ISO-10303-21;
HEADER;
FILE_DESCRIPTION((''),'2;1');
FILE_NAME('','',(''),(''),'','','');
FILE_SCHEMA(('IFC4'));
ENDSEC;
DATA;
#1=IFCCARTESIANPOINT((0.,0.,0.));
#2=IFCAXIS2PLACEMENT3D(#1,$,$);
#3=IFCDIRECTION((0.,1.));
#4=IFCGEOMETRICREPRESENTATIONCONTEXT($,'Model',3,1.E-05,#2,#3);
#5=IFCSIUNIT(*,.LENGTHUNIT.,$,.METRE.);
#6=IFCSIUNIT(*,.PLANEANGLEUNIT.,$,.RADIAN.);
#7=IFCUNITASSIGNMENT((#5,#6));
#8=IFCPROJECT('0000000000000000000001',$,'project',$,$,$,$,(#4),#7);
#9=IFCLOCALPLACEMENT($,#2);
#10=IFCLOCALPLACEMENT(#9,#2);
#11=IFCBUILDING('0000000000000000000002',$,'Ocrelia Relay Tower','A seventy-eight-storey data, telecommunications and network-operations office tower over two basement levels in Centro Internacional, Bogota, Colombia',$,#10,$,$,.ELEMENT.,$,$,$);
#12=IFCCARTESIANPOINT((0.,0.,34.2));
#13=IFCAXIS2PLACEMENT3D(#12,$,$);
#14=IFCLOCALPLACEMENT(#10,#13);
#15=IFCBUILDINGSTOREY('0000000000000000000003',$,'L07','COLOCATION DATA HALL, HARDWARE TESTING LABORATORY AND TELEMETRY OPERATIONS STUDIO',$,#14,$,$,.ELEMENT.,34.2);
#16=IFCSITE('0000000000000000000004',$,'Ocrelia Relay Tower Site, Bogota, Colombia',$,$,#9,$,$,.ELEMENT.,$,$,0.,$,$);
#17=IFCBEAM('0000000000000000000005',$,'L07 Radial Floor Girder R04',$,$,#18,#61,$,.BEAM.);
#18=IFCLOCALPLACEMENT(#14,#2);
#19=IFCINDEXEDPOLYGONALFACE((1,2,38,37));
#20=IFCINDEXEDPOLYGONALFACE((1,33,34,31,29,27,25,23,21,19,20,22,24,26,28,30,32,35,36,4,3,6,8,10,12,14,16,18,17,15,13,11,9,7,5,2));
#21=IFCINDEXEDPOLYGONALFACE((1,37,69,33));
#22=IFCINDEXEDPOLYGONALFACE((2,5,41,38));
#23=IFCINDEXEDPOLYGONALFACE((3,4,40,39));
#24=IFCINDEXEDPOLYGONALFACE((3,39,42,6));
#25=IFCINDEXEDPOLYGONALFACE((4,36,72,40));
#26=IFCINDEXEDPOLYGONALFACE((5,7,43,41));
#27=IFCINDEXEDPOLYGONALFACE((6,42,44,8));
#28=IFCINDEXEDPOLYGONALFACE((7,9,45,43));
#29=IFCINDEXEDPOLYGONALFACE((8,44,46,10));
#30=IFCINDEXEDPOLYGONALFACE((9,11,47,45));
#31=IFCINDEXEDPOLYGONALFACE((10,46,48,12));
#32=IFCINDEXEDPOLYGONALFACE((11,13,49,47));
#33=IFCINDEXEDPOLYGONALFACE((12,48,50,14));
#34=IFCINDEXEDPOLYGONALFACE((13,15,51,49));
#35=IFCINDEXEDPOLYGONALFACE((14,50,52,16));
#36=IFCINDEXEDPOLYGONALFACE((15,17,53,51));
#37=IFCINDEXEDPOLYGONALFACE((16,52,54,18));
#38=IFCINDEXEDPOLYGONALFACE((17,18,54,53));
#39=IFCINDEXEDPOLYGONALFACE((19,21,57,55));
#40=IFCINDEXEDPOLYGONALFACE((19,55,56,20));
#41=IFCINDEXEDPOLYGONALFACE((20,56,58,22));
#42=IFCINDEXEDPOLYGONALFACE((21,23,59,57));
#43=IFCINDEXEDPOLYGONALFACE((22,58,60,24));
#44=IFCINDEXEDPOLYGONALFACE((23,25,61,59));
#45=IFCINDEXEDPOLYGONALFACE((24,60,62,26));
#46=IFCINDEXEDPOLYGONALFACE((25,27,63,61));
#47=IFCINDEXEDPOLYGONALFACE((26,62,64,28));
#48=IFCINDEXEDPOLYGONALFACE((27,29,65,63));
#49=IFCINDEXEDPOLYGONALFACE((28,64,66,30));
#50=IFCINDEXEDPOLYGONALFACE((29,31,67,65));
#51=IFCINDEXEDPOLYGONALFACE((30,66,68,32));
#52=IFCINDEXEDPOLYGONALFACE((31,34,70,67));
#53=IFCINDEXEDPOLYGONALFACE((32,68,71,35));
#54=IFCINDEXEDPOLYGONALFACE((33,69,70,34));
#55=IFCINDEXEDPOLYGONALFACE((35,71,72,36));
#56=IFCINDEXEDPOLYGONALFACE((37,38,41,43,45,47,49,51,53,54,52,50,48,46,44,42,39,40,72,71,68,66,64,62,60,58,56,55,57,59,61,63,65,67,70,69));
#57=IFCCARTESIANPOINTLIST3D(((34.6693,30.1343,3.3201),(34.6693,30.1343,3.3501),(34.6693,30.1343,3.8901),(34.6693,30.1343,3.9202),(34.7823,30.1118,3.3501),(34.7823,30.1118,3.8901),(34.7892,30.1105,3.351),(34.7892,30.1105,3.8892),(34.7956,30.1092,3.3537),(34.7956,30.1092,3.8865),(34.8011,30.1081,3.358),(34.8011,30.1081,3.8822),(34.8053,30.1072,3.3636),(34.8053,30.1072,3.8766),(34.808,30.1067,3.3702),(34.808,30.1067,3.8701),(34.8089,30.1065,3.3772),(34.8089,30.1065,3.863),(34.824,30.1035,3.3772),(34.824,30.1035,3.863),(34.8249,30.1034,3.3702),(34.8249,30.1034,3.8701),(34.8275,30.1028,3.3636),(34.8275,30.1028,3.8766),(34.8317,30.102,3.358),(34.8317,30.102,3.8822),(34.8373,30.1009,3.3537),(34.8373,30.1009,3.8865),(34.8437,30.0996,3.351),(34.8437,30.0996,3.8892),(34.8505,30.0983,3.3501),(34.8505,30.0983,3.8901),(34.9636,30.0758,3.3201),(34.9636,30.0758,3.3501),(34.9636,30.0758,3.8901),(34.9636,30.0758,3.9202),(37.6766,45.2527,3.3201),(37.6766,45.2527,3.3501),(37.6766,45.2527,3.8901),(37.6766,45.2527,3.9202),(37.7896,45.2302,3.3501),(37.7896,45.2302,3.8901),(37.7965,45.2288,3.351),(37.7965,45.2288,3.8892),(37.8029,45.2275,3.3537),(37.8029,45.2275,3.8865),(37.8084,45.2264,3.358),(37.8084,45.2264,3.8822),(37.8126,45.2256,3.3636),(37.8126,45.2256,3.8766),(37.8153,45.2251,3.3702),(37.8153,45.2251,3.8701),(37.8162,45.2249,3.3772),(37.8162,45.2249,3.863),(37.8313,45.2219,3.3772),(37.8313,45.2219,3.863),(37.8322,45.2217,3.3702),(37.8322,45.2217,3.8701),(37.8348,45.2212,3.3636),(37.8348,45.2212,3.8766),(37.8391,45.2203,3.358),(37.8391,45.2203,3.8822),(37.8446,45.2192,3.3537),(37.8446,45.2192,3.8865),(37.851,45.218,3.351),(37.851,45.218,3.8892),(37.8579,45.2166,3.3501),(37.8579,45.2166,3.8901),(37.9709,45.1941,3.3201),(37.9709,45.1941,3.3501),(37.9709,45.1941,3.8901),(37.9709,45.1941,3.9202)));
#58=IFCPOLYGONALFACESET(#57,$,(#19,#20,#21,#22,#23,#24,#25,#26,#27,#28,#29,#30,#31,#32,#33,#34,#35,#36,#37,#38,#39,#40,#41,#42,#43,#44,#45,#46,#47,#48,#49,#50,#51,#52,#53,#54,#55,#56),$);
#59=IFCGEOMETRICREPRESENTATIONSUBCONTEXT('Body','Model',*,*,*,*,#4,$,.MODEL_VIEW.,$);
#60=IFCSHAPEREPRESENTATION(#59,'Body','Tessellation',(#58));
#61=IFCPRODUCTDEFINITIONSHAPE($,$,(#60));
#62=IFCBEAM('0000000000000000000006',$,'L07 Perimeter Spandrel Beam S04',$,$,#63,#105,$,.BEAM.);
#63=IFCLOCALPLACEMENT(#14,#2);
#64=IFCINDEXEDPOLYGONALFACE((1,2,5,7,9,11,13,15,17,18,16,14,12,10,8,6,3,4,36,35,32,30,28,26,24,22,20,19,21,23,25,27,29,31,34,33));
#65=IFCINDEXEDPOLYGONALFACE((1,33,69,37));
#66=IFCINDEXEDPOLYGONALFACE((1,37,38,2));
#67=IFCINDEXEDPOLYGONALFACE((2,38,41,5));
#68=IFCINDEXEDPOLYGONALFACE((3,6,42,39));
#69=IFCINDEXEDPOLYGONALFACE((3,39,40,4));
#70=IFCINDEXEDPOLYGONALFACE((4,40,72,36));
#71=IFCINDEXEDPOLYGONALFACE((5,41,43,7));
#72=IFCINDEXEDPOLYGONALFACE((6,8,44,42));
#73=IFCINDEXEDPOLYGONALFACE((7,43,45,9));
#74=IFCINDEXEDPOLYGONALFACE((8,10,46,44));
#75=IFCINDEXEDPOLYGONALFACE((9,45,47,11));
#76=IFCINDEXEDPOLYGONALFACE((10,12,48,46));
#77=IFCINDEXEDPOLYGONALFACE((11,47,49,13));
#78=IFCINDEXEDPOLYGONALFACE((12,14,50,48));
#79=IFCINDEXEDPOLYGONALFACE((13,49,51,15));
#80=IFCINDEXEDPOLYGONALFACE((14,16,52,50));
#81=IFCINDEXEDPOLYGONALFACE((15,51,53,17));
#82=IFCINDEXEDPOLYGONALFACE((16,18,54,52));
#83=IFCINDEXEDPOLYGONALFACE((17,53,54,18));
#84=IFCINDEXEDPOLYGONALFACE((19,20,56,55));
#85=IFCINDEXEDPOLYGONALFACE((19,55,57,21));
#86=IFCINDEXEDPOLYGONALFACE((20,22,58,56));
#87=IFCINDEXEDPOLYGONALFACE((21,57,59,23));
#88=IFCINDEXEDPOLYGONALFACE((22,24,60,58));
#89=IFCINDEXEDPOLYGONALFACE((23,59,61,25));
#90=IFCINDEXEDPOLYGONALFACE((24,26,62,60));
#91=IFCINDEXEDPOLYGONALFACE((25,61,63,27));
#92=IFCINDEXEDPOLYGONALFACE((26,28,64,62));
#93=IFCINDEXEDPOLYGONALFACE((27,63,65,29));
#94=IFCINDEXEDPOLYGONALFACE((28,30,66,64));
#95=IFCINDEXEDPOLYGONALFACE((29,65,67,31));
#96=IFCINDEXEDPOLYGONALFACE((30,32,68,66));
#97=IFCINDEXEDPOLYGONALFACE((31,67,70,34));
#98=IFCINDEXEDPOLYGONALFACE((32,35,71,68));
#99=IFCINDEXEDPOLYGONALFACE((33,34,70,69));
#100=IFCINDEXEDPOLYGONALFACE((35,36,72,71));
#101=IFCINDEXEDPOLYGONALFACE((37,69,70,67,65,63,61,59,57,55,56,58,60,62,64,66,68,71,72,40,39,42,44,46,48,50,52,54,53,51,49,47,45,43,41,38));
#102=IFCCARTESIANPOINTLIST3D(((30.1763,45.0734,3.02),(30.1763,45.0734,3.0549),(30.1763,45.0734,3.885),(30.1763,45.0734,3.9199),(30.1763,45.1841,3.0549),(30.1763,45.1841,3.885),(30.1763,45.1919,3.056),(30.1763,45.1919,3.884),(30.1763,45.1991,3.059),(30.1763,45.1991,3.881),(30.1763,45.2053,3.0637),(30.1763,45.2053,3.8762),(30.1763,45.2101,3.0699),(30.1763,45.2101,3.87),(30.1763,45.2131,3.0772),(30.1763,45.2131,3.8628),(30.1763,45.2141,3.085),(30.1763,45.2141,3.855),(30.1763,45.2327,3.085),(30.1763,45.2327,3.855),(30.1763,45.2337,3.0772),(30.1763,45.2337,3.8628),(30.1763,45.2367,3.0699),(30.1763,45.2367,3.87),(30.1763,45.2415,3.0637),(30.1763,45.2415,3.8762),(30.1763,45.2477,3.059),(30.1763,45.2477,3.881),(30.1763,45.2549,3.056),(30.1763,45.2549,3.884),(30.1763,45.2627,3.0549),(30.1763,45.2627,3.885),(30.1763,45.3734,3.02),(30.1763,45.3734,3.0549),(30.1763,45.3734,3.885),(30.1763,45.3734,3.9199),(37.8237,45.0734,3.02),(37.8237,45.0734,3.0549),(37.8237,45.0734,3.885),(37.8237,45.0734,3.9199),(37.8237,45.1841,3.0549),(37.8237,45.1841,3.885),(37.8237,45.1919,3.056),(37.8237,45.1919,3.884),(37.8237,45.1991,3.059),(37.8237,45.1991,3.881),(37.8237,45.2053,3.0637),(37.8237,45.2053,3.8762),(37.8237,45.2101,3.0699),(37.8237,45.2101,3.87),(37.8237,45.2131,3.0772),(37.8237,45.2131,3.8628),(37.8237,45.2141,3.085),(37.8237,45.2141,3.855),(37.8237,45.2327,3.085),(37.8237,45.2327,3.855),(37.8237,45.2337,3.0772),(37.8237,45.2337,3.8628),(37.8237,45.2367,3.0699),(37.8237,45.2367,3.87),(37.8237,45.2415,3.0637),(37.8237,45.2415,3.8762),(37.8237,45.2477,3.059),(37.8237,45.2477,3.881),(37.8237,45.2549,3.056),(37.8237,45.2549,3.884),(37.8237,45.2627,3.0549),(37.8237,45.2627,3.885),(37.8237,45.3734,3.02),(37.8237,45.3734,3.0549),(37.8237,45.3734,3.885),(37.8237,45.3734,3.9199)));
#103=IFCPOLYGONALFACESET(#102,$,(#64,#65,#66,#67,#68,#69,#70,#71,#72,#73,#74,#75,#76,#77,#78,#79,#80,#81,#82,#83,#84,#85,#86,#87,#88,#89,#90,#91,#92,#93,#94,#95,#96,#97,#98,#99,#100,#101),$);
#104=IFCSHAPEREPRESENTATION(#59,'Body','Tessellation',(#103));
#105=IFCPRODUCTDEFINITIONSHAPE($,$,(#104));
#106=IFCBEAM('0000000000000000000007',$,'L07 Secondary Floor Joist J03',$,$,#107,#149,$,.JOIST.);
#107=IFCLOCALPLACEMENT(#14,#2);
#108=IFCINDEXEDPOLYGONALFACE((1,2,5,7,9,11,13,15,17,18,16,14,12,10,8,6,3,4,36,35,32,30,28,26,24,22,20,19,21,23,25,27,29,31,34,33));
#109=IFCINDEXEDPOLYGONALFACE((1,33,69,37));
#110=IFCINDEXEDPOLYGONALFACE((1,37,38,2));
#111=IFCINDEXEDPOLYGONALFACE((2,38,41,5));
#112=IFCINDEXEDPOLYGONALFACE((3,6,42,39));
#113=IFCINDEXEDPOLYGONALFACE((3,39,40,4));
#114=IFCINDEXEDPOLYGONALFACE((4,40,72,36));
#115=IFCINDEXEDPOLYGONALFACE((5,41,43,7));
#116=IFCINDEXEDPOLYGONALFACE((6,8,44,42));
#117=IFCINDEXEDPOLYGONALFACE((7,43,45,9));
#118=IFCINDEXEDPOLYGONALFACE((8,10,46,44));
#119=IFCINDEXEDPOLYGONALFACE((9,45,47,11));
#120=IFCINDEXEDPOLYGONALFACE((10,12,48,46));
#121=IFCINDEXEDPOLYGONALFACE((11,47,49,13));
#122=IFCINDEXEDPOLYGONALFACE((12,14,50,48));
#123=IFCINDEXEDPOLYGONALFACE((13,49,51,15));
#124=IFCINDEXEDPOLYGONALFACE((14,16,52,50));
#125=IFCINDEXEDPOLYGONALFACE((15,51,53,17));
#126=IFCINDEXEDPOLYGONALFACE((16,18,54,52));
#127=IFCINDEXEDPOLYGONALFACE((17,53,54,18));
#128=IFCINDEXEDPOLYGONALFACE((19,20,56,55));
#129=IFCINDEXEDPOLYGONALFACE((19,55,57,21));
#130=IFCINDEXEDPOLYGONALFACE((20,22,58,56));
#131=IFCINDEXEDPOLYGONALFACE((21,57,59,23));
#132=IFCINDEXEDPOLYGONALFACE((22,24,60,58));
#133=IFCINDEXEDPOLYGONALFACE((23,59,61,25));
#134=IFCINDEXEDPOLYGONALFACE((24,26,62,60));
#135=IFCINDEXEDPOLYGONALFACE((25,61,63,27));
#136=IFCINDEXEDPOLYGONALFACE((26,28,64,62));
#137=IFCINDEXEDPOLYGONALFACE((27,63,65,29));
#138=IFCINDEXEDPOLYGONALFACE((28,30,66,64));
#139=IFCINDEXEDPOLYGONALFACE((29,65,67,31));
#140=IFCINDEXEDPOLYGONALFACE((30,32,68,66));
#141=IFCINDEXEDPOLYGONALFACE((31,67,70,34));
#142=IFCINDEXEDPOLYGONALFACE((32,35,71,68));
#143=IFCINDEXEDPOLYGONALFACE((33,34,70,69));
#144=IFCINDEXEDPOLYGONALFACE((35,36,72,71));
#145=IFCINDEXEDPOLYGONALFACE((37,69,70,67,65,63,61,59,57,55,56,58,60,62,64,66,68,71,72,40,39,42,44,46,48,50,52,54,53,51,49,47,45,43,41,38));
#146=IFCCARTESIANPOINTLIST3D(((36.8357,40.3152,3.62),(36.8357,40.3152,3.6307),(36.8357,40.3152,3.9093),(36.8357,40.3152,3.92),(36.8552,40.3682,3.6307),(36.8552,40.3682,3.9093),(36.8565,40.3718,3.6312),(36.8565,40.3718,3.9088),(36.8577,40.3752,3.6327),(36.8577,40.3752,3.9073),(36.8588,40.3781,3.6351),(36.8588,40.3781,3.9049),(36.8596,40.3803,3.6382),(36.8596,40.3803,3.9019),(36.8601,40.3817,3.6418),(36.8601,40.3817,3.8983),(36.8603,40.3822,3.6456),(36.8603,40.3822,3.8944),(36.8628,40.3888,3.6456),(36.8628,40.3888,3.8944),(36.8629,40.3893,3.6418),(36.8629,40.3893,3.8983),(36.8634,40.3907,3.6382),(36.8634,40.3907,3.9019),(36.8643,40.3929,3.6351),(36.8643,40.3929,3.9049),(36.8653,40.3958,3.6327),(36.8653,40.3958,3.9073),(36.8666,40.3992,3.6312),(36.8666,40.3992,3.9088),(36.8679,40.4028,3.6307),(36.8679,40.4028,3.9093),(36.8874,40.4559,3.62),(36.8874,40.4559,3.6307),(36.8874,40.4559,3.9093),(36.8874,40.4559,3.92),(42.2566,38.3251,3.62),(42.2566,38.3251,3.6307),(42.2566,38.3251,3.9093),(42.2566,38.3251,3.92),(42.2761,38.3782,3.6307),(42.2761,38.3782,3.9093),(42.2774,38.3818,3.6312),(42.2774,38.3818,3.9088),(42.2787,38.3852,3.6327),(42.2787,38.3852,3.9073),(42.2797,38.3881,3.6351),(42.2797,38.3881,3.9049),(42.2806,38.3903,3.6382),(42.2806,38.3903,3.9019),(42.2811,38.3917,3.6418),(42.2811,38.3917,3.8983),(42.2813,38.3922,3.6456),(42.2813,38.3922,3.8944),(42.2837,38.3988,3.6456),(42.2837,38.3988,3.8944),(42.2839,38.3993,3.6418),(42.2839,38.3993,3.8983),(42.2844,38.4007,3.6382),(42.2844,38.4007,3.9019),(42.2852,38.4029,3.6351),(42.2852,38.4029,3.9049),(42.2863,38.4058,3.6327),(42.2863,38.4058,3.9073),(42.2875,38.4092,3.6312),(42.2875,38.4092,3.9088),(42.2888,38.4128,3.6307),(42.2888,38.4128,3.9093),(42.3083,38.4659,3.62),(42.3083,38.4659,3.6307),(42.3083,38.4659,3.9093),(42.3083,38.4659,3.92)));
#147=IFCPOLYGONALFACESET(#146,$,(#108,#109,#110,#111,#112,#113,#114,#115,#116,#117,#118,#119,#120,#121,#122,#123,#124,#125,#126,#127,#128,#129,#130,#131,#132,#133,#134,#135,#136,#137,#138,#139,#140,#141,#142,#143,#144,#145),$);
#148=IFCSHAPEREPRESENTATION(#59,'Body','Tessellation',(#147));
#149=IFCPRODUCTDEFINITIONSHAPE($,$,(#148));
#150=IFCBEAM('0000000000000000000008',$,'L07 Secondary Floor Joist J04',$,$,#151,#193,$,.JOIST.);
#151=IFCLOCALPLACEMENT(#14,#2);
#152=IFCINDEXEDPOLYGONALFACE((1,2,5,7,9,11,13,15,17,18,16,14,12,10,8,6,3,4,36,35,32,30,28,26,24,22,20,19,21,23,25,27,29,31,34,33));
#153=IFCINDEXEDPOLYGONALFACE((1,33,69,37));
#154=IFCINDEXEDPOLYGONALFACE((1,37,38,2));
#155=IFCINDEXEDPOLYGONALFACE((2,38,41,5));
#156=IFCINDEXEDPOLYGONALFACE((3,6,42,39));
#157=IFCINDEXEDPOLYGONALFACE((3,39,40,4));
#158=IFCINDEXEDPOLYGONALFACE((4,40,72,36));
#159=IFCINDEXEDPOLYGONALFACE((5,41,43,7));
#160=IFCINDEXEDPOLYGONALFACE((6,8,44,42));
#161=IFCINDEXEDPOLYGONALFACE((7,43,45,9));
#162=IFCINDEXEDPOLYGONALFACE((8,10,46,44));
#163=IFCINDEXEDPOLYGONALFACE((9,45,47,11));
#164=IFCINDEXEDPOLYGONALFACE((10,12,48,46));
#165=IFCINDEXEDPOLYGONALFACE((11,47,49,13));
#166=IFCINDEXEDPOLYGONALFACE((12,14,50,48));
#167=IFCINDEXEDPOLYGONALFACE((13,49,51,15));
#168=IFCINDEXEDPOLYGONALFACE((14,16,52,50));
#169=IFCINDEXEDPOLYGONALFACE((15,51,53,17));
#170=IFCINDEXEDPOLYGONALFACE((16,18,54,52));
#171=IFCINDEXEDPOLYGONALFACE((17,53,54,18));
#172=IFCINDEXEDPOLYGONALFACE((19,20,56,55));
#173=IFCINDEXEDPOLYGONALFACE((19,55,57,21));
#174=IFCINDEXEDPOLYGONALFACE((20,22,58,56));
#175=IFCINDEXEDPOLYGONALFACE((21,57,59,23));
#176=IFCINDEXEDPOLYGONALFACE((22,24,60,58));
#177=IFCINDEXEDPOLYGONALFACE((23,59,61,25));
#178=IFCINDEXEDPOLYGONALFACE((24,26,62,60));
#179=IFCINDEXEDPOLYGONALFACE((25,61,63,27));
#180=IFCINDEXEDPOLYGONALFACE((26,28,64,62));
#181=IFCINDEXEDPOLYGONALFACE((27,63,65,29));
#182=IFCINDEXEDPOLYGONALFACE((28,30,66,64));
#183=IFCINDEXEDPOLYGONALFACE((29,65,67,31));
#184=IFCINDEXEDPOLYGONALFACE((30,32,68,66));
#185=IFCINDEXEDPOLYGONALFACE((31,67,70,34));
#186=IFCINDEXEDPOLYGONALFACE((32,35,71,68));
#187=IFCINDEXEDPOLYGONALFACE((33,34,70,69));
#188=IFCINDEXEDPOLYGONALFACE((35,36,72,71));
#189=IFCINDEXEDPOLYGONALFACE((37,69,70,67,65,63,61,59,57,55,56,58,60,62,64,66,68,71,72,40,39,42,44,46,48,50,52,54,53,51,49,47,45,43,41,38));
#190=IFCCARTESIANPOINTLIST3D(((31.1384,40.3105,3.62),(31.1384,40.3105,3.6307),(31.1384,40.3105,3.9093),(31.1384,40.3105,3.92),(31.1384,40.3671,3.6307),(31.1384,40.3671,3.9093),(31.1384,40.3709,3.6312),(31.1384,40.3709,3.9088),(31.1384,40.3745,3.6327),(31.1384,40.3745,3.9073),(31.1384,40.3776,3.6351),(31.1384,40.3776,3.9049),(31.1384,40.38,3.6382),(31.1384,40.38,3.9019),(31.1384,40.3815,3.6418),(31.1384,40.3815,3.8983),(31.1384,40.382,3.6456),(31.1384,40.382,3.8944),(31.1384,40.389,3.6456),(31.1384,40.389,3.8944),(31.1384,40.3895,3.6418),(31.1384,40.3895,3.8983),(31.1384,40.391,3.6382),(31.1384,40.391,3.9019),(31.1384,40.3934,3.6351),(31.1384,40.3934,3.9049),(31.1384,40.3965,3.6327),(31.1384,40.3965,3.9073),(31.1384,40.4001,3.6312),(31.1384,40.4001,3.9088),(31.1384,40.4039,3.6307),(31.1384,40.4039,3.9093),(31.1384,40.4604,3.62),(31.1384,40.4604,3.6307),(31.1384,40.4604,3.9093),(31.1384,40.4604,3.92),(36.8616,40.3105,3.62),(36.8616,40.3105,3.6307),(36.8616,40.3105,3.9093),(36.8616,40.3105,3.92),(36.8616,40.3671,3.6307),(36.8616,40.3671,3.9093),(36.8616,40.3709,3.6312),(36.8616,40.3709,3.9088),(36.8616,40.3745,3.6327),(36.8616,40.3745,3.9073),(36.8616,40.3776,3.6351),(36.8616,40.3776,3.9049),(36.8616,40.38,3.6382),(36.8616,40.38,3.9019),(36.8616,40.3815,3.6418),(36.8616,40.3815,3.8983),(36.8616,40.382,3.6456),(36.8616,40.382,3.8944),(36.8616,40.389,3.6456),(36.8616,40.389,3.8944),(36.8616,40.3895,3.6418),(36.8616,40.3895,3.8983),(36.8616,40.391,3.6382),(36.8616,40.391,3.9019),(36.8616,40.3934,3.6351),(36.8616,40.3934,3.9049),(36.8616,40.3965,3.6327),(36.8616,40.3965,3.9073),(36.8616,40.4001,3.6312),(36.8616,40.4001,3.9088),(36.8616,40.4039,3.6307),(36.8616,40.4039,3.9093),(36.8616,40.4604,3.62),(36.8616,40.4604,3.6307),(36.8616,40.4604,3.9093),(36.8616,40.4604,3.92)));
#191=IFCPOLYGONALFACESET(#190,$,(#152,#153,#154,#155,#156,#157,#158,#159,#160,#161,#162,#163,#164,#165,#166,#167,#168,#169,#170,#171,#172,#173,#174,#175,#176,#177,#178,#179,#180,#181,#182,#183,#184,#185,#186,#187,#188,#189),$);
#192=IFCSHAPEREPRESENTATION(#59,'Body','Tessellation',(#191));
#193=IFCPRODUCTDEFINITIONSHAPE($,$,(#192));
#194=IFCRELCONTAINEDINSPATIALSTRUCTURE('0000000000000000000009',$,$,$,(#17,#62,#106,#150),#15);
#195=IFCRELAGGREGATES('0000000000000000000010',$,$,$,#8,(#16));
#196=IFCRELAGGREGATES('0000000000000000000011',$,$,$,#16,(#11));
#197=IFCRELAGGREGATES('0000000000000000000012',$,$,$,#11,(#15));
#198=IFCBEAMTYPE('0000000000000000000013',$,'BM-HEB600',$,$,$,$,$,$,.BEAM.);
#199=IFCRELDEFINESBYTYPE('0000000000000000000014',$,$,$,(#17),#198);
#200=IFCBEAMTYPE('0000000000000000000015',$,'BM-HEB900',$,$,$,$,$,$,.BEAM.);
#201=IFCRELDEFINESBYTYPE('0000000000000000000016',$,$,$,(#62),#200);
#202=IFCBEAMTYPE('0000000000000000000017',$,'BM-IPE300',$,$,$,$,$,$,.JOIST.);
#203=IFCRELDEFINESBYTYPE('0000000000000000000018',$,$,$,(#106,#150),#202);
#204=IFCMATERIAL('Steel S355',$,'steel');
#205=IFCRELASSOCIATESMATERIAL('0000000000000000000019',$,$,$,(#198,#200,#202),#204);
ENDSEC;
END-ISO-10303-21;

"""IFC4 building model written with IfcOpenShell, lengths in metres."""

from ifc_helpers import new_model, si_unit, direction, frame, origin, origin_2d, place, context, subcontext, project, spatial, i_section, extrude, material, material_profile, profile_set, type_object, element, save


model = new_model("IFC4")

# Units and contexts
model_context = context("Model", 3, precision=1e-05, world=origin(), true_north=direction((0.0, 1.0)))
body_context = subcontext(model_context, "Body", "Model", "MODEL_VIEW")
ifc_project = project(units=[si_unit("LENGTHUNIT", "METRE"), si_unit("PLANEANGLEUNIT", "RADIAN")], contexts=[model_context])

# Site, building, storey
site_placement = place(None, origin())
site = spatial("IfcSite", under=ifc_project, at=site_placement, Name="Ocrelia Relay Tower Site, Bogota, Colombia", CompositionType="ELEMENT", RefElevation=0.0)
building_placement = place(site_placement, origin())
building = spatial("IfcBuilding", under=site, at=building_placement, Name="Ocrelia Relay Tower", Description="A seventy-eight-storey data, telecommunications and network-operations office tower over two basement levels in Centro Internacional, Bogota, Colombia", CompositionType="ELEMENT")
storey_placement = place(building_placement, frame((0.0, 0.0, 34.2)))
storey = spatial("IfcBuildingStorey", under=building, at=storey_placement, Name="L07", Description="COLOCATION DATA HALL, HARDWARE TESTING LABORATORY AND TELEMETRY OPERATIONS STUDIO", CompositionType="ELEMENT", Elevation=34.2)

# Beams
ifc_material_1 = material(Name="Steel S355", Category="steel")
ifc_material_profile_1 = material_profile(ifc_material_1, i_section(OverallWidth=0.3, OverallDepth=0.6001, WebThickness=0.0154, FlangeThickness=0.03, FilletRadius=0.0271, at=origin_2d()), Name="HEB 600")
ifc_profile_set_1 = profile_set([ifc_material_profile_1], Name="Steel S355")
beam_type_1 = type_object("IfcBeamType", Name="BM-HEB600", PredefinedType="BEAM", material=ifc_profile_set_1)
beam_1_placement = place(storey_placement, frame((37.8237, 45.2234, 3.6201), z_axis=(-0.195096, -0.980784, 0.0), x_axis=(0.980784, -0.195096, 0.0)))
element("IfcBeam", 1, at=beam_1_placement, inside=storey, type_object=beam_type_1, Name="L07 Radial Floor Girder R04", PredefinedType="BEAM", context=body_context, shape_type="SweptSolid", body=[
    extrude(i_section(OverallWidth=0.3, OverallDepth=0.6001, WebThickness=0.0154, FlangeThickness=0.03, FilletRadius=0.0271, at=origin_2d()), origin(), (0.0, 0.0, 1.0), 15.4146),
])
ifc_material_profile_2 = material_profile(ifc_material_1, i_section(OverallWidth=0.3, OverallDepth=0.8999, WebThickness=0.0186, FlangeThickness=0.0349, FilletRadius=0.03, at=origin_2d()), Name="HEB 900")
ifc_profile_set_2 = profile_set([ifc_material_profile_2], Name="Steel S355")
beam_type_2 = type_object("IfcBeamType", Name="BM-HEB900", PredefinedType="BEAM", material=ifc_profile_set_2)
beam_2_placement = place(storey_placement, frame((37.8237, 45.2234, 3.47), z_axis=(-1.0, 0.0, 0.0), x_axis=(0.0, -1.0, 0.0)))
element("IfcBeam", 2, at=beam_2_placement, inside=storey, type_object=beam_type_2, Name="L07 Perimeter Spandrel Beam S04", PredefinedType="BEAM", context=body_context, shape_type="SweptSolid", body=[
    extrude(i_section(OverallWidth=0.3, OverallDepth=0.8999, WebThickness=0.0186, FlangeThickness=0.0349, FilletRadius=0.03, at=origin_2d()), origin(), (0.0, 0.0, 1.0), 7.6475),
])
ifc_material_profile_3 = material_profile(ifc_material_1, i_section(OverallWidth=0.1499, OverallDepth=0.3, WebThickness=0.0071, FlangeThickness=0.0107, FilletRadius=0.0149, at=origin_2d()), Name="IPE 300")
ifc_profile_set_3 = profile_set([ifc_material_profile_3], Name="Steel S355")
beam_type_3 = type_object("IfcBeamType", Name="BM-IPE300", PredefinedType="JOIST", material=ifc_profile_set_3)
beam_3_placement = place(storey_placement, frame((42.2825, 38.3955, 3.77), z_axis=(-0.938746, 0.34461, 0.0), x_axis=(-0.34461, -0.938746, 0.0)))
element("IfcBeam", 3, at=beam_3_placement, inside=storey, type_object=beam_type_3, Name="L07 Secondary Floor Joist J03", PredefinedType="JOIST", context=body_context, shape_type="SweptSolid", body=[
    extrude(i_section(OverallWidth=0.1499, OverallDepth=0.3, WebThickness=0.0071, FlangeThickness=0.0107, FilletRadius=0.0149, at=origin_2d()), origin(), (0.0, 0.0, 1.0), 5.7747),
])
beam_4_placement = place(storey_placement, frame((36.8616, 40.3855, 3.77), z_axis=(-1.0, 0.0, 0.0), x_axis=(0.0, -1.0, 0.0)))
element("IfcBeam", 4, at=beam_4_placement, inside=storey, type_object=beam_type_3, Name="L07 Secondary Floor Joist J04", PredefinedType="JOIST", context=body_context, shape_type="SweptSolid", body=[
    extrude(i_section(OverallWidth=0.1499, OverallDepth=0.3, WebThickness=0.0071, FlangeThickness=0.0107, FilletRadius=0.0149, at=origin_2d()), origin(), (0.0, 0.0, 1.0), 5.7231),
])

save(model, "model.ifc")
